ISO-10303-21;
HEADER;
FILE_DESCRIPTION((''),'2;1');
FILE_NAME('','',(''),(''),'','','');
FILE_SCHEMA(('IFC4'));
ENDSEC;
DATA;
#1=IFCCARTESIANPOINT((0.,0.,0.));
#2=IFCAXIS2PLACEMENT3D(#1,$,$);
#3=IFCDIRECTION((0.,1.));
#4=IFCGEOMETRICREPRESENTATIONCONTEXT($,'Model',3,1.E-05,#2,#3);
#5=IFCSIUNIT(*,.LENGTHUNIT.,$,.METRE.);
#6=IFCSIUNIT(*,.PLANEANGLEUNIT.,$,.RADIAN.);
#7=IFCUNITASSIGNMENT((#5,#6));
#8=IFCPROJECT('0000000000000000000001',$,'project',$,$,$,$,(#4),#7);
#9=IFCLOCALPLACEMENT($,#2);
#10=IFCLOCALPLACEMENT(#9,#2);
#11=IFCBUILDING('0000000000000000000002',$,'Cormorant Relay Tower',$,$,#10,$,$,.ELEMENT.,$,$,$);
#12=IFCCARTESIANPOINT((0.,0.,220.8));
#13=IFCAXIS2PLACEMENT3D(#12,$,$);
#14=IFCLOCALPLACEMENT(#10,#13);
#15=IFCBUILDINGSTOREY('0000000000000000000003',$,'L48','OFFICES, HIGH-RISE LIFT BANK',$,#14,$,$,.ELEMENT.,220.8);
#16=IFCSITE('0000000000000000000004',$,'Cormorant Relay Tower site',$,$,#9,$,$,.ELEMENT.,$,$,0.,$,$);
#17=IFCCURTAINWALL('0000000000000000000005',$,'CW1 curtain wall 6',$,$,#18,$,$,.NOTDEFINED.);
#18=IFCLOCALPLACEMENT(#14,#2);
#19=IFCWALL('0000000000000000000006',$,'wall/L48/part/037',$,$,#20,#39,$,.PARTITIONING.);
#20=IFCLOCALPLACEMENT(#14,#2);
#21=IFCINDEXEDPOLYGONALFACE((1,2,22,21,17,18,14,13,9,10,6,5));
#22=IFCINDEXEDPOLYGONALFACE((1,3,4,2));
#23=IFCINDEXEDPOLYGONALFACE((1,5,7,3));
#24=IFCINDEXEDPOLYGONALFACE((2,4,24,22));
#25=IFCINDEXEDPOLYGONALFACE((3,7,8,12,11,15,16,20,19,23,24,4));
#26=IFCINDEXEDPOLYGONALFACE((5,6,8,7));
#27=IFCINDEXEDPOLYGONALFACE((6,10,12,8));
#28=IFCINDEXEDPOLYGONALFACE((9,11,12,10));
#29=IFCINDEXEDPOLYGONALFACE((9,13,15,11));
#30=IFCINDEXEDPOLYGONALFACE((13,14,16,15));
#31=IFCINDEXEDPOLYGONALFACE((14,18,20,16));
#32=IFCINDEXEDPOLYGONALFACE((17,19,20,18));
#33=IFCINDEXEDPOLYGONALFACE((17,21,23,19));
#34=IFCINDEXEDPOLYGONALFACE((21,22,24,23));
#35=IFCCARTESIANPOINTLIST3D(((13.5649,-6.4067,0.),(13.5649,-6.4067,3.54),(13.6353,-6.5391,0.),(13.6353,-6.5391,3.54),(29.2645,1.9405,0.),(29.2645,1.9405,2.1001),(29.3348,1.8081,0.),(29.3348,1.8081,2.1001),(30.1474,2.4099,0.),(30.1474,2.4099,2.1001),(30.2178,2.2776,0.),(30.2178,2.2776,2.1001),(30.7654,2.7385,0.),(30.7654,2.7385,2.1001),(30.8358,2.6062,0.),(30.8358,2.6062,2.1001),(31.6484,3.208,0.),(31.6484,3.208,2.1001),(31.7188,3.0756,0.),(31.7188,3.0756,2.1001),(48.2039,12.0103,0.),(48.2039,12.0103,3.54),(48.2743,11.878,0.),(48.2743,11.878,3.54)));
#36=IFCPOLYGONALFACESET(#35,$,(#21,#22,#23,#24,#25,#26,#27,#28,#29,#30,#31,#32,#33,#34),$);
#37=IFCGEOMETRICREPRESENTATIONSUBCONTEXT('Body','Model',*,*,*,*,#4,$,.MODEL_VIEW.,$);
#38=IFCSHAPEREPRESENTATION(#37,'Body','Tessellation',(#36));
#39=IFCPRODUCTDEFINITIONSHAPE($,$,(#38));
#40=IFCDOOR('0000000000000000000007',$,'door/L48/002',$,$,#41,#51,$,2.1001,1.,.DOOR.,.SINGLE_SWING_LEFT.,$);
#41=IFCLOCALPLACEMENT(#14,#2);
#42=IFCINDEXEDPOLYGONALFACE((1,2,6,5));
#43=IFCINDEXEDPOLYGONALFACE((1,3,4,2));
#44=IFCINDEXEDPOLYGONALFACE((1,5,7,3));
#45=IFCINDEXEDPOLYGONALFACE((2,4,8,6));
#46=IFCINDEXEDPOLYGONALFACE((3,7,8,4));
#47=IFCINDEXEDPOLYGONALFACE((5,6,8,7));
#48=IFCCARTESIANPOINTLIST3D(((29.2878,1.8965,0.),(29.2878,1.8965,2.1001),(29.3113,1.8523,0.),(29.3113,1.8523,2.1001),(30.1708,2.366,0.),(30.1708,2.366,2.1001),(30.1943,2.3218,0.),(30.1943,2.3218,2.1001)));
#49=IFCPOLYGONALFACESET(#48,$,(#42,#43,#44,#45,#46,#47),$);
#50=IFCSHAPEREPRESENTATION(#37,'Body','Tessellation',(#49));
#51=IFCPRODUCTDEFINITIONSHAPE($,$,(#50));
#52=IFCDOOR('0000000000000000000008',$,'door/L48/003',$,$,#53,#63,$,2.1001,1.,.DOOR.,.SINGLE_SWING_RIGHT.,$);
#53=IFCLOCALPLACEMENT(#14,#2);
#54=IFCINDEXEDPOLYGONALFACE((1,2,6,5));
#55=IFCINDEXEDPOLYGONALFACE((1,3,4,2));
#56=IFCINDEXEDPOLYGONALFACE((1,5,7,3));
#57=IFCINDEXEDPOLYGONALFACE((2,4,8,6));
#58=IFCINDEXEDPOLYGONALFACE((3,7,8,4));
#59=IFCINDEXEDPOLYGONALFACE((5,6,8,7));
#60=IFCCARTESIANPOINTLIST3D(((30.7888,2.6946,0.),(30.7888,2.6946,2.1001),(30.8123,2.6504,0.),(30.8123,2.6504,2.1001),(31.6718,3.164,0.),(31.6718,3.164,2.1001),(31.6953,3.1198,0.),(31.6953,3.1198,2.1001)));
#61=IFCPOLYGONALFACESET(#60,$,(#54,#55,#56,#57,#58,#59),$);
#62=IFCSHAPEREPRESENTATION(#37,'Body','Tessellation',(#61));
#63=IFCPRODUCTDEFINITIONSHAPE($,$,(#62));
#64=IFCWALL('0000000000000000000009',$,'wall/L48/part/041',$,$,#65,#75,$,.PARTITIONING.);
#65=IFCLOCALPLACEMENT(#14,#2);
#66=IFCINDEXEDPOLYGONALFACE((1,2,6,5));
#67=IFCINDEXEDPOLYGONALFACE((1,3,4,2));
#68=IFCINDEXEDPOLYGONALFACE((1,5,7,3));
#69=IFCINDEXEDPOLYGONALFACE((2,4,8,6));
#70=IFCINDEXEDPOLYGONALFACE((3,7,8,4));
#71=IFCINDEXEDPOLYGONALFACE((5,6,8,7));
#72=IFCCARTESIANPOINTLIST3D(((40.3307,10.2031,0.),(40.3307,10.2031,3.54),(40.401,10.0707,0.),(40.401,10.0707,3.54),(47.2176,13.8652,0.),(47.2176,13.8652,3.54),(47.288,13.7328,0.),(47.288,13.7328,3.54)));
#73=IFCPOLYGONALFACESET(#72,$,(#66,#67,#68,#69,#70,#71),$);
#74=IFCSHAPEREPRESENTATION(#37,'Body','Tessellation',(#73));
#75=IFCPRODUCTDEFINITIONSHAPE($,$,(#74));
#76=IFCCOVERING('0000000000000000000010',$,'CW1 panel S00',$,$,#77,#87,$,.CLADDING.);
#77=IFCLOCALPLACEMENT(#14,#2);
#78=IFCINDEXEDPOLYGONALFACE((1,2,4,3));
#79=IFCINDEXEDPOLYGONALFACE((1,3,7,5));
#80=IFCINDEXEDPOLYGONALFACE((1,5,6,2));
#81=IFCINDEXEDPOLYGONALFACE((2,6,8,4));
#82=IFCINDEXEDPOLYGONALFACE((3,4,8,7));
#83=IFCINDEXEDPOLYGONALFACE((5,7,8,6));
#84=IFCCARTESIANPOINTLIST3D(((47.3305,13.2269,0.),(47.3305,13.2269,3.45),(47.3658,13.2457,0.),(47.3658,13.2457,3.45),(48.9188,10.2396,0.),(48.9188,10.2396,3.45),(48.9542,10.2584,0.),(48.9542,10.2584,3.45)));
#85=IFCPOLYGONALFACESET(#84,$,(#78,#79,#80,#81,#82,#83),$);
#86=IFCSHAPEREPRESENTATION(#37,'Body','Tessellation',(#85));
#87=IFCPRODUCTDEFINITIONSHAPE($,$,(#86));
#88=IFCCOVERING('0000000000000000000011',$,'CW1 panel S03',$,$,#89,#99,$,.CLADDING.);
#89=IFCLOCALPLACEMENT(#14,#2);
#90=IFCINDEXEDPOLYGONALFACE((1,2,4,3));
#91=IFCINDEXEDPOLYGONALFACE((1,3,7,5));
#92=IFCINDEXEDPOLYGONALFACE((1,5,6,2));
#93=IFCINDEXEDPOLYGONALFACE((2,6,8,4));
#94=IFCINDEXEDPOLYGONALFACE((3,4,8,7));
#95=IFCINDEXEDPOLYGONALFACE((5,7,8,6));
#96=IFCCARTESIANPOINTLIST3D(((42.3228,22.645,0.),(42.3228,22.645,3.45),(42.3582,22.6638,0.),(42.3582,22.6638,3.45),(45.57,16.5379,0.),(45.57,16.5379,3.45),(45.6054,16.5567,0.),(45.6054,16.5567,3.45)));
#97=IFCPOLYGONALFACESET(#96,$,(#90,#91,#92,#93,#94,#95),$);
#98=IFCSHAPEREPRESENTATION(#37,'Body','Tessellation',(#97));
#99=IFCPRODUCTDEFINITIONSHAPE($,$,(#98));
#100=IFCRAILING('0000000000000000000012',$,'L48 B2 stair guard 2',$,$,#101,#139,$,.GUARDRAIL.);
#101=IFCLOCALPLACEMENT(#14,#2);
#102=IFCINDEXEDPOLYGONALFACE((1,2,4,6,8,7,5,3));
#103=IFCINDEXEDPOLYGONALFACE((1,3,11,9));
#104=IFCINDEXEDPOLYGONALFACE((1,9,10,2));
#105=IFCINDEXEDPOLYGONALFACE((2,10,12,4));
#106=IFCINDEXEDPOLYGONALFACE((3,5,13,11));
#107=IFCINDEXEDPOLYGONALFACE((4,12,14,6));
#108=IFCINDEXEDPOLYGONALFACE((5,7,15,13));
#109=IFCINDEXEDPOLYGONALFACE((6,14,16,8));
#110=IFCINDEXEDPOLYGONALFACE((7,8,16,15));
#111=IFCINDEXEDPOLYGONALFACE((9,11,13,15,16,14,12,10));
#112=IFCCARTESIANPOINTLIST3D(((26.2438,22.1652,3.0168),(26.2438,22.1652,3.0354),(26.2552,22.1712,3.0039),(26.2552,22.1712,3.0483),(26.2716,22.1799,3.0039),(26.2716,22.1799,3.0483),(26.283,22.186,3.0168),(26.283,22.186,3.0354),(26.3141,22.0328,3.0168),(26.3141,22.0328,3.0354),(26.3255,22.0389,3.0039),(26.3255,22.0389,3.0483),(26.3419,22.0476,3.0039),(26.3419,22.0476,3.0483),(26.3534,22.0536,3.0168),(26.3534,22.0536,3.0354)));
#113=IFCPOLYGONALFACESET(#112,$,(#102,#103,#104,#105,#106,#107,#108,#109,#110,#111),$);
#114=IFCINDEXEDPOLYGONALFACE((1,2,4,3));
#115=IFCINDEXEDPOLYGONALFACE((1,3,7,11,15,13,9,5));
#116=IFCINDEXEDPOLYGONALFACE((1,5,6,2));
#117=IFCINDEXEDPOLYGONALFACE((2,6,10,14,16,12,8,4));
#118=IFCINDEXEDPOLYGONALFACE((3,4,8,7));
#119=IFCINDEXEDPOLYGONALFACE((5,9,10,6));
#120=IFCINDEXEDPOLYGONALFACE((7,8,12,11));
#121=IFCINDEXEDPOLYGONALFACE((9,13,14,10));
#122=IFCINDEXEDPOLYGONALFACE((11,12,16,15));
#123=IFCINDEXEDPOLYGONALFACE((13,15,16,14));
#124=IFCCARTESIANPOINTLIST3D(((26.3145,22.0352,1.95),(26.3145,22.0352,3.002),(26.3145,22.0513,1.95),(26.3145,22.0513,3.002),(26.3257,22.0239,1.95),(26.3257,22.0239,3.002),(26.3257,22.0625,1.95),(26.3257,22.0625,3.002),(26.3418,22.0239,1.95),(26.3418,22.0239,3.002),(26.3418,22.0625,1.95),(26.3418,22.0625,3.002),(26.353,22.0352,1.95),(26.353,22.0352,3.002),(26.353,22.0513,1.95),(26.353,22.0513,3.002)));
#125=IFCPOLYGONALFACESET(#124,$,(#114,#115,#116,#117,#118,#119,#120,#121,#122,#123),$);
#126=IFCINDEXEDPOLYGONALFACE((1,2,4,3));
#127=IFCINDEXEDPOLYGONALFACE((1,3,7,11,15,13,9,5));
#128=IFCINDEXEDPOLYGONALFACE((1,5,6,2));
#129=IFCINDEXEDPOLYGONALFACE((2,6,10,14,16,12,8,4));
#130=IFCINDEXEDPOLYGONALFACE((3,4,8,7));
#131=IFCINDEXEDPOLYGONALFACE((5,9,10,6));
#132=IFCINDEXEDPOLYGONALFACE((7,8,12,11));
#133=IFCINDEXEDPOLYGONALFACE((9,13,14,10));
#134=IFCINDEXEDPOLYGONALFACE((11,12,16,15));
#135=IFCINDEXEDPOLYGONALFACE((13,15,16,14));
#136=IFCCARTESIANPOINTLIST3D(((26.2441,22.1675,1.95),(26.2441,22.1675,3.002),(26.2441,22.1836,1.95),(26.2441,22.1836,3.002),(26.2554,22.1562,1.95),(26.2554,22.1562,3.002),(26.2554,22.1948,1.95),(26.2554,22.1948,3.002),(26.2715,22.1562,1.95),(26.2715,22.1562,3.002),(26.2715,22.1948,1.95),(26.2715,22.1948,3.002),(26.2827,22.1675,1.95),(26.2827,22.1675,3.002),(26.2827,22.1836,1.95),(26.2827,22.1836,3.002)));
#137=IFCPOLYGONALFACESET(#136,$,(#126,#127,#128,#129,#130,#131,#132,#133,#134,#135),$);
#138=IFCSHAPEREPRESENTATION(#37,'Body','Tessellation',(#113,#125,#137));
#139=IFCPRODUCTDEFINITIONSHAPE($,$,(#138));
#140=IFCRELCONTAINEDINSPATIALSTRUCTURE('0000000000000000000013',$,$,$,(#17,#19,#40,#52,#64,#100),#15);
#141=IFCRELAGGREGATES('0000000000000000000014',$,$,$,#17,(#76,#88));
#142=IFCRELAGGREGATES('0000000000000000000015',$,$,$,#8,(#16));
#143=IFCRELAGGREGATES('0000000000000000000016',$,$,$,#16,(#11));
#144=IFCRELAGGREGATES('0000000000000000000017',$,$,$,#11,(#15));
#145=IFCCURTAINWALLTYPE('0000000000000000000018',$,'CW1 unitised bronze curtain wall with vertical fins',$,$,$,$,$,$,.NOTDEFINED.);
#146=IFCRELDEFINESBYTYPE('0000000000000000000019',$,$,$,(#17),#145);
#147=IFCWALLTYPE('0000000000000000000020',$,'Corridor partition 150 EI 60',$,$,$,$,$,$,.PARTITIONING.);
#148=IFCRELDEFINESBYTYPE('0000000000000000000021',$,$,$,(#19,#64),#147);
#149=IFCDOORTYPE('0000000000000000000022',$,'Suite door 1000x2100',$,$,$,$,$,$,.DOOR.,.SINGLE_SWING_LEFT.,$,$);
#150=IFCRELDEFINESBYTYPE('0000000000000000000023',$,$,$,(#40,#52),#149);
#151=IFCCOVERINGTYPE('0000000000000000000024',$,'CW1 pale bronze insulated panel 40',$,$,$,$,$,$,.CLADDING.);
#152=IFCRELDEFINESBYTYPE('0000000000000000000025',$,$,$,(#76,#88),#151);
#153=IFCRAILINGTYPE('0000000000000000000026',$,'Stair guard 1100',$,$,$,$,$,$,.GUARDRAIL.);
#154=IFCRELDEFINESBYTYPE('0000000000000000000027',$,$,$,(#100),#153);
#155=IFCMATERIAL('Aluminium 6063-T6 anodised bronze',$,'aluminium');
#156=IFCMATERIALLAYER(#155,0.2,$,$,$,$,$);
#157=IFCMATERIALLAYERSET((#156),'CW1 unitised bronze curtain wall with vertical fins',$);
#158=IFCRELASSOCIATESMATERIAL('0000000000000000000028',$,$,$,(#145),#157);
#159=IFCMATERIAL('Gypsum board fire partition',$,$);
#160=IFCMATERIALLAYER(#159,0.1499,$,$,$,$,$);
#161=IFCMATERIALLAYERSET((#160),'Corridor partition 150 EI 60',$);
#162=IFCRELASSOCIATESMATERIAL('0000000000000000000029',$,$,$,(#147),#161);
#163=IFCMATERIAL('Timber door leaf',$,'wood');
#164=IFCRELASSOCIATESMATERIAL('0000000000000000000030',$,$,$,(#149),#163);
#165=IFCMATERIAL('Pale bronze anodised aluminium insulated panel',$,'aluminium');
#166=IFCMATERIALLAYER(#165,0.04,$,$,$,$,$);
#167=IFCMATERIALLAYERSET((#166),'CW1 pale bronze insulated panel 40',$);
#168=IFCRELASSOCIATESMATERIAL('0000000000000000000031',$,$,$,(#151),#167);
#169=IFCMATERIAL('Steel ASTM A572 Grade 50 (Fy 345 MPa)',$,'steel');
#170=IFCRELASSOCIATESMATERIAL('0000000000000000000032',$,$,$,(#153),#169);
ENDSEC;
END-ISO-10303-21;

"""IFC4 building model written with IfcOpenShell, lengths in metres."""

from ifc_helpers import new_model, si_unit, direction, frame, frame_2d, origin, origin_2d, place, context, subcontext, project, spatial, polyline, rectangle, outline, extrude, material, layer, layer_set, type_object, element, fill, aggregate, save


model = new_model("IFC4")

# Units and contexts
model_context = context("Model", 3, precision=1e-05, world=origin(), true_north=direction((0.0, 1.0)))
body_context = subcontext(model_context, "Body", "Model", "MODEL_VIEW")
ifc_project = project(units=[si_unit("LENGTHUNIT", "METRE"), si_unit("PLANEANGLEUNIT", "RADIAN")], contexts=[model_context])

# Site, building, storey
site_placement = place(None, origin())
site = spatial("IfcSite", under=ifc_project, at=site_placement, Name="Cormorant Relay Tower site", CompositionType="ELEMENT", RefElevation=0.0)
building_placement = place(site_placement, origin())
building = spatial("IfcBuilding", under=site, at=building_placement, Name="Cormorant Relay Tower", CompositionType="ELEMENT")
storey_placement = place(building_placement, frame((0.0, 0.0, 220.8)))
storey = spatial("IfcBuildingStorey", under=building, at=storey_placement, Name="L48", Description="OFFICES, HIGH-RISE LIFT BANK", CompositionType="ELEMENT", Elevation=220.8)

# Curtain wall
ifc_material_1 = material(Name="Aluminium 6063-T6 anodised bronze", Category="aluminium")
ifc_layer_1 = layer(ifc_material_1, 0.2)
ifc_layer_set_1 = layer_set([ifc_layer_1], Name="CW1 unitised bronze curtain wall with vertical fins")
curtain_wall_type = type_object("IfcCurtainWallType", Name="CW1 unitised bronze curtain wall with vertical fins", PredefinedType="NOTDEFINED", material=ifc_layer_set_1)
curtain_wall_1_placement = place(storey_placement, origin())
curtain_wall_1 = element("IfcCurtainWall", 1, at=curtain_wall_1_placement, inside=storey, type_object=curtain_wall_type, Name="CW1 curtain wall 6", PredefinedType="NOTDEFINED")

# Wall, openings, doors
ifc_material_2 = material(Name="Gypsum board fire partition")
ifc_layer_2 = layer(ifc_material_2, 0.1499)
ifc_layer_set_2 = layer_set([ifc_layer_2], Name="Corridor partition 150 EI 60")
wall_type_1 = type_object("IfcWallType", Name="Corridor partition 150 EI 60", PredefinedType="PARTITIONING", material=ifc_layer_set_2)
wall_1_placement = place(storey_placement, frame((48.239, 11.9441, 0.0), z_axis=(0.0, 0.0, 1.0), x_axis=(-0.882957, -0.469455, 0.0)))
wall_1 = element("IfcWall", 2, at=wall_1_placement, inside=storey, type_object=wall_type_1, Name="wall/L48/part/037", PredefinedType="PARTITIONING", context=body_context, shape_type="SweptSolid", body=[
    extrude(rectangle(XDim=39.2307, YDim=0.1499, at=frame_2d((19.6152, 0.0))), origin(), (0.0, 0.0, 1.0), 3.54),
])
opening_1_placement = place(wall_1_placement, frame((20.45, 0.0, 0.0)))
opening_1 = element("IfcOpeningElement", 3, at=opening_1_placement, cuts=wall_1, PredefinedType="OPENING", context=body_context, shape_type="SweptSolid", body=[
    extrude(rectangle(XDim=1.0, YDim=2.1001, at=frame_2d((0.5, 1.05))), frame((0.0, 0.085, 0.0), z_axis=(0.0, -1.0, 0.0), x_axis=(1.0, 0.0, 0.0)), (0.0, 0.0, 1.0), 0.1699),
])
opening_2_placement = place(wall_1_placement, frame((18.75, 0.0, 0.0)))
opening_2 = element("IfcOpeningElement", 4, at=opening_2_placement, cuts=wall_1, PredefinedType="OPENING", context=body_context, shape_type="SweptSolid", body=[
    extrude(rectangle(XDim=1.0, YDim=2.1001, at=frame_2d((0.5, 1.05))), frame((0.0, 0.085, 0.0), z_axis=(0.0, -1.0, 0.0), x_axis=(1.0, 0.0, 0.0)), (0.0, 0.0, 1.0), 0.1699),
])
ifc_material_3 = material(Name="Timber door leaf", Category="wood")
door_type_1 = type_object("IfcDoorType", Name="Suite door 1000x2100", OperationType="SINGLE_SWING_LEFT", PredefinedType="DOOR", material=ifc_material_3)
door_1_placement = place(opening_1_placement, origin())
door_1 = element("IfcDoor", 5, at=door_1_placement, inside=storey, type_object=door_type_1, Name="door/L48/002", OperationType="SINGLE_SWING_LEFT", OverallHeight=2.1001, OverallWidth=1.0, PredefinedType="DOOR", context=body_context, shape_type="SweptSolid", body=[
    extrude(rectangle(XDim=1.0, YDim=2.1001, at=frame_2d((0.5, 1.05))), frame((0.0, 0.0249, 0.0), z_axis=(0.0, -1.0, 0.0), x_axis=(1.0, 0.0, 0.0)), (0.0, 0.0, 1.0), 0.05),
])
fill(opening_1, door_1)
door_2_placement = place(opening_2_placement, origin())
door_2 = element("IfcDoor", 6, at=door_2_placement, inside=storey, type_object=door_type_1, Name="door/L48/003", OperationType="SINGLE_SWING_RIGHT", OverallHeight=2.1001, OverallWidth=1.0, PredefinedType="DOOR", context=body_context, shape_type="SweptSolid", body=[
    extrude(rectangle(XDim=1.0, YDim=2.1001, at=frame_2d((0.5, 1.05))), frame((0.0, 0.0249, 0.0), z_axis=(0.0, -1.0, 0.0), x_axis=(1.0, 0.0, 0.0)), (0.0, 0.0, 1.0), 0.05),
])
fill(opening_2, door_2)

# Wall
wall_2_placement = place(storey_placement, frame((40.366, 10.137, 0.0), z_axis=(0.0, 0.0, 1.0), x_axis=(0.882935, 0.469496, 0.0)))
element("IfcWall", 7, at=wall_2_placement, inside=storey, type_object=wall_type_1, Name="wall/L48/part/041", PredefinedType="PARTITIONING", context=body_context, shape_type="SweptSolid", body=[
    extrude(rectangle(XDim=7.8, YDim=0.1499, at=frame_2d((3.8999, 0.0))), origin(), (0.0, 0.0, 1.0), 3.54),
])

# Coverings
ifc_material_4 = material(Name="Pale bronze anodised aluminium insulated panel", Category="aluminium")
ifc_layer_3 = layer(ifc_material_4, 0.04)
ifc_layer_set_3 = layer_set([ifc_layer_3], Name="CW1 pale bronze insulated panel 40")
covering_type = type_object("IfcCoveringType", Name="CW1 pale bronze insulated panel 40", PredefinedType="CLADDING", material=ifc_layer_set_3)
covering_1_placement = place(storey_placement, frame((48.1423, 11.7427, 0.0), z_axis=(0.0, 0.0, 1.0), x_axis=(-0.469472, 0.882948, 0.0)))
covering_1 = element("IfcCovering", 8, at=covering_1_placement, type_object=covering_type, Name="CW1 panel S00", PredefinedType="CLADDING", context=body_context, shape_type="SweptSolid", body=[
    extrude(rectangle(XDim=3.3833, YDim=0.04, at=origin_2d()), origin(), (0.0, 0.0, 1.0), 3.45),
])
covering_2_placement = place(storey_placement, frame((43.9641, 19.6008, 0.0), z_axis=(0.0, 0.0, 1.0), x_axis=(-0.469472, 0.882948, 0.0)))
covering_2 = element("IfcCovering", 9, at=covering_2_placement, type_object=covering_type, Name="CW1 panel S03", PredefinedType="CLADDING", context=body_context, shape_type="SweptSolid", body=[
    extrude(rectangle(XDim=6.9167, YDim=0.04, at=origin_2d()), origin(), (0.0, 0.0, 1.0), 3.45),
])
aggregate(curtain_wall_1, [covering_1, covering_2])

# Railing
ifc_material_5 = material(Name="Steel ASTM A572 Grade 50 (Fy 345 MPa)", Category="steel")
railing_type = type_object("IfcRailingType", Name="Stair guard 1100", PredefinedType="GUARDRAIL", material=ifc_material_5)
railing_1_placement = place(storey_placement, frame((26.3337, 22.0432, 1.95)))
element("IfcRailing", 10, at=railing_1_placement, inside=storey, type_object=railing_type, Name="L48 B2 stair guard 2", PredefinedType="GUARDRAIL", context=body_context, shape_type="SweptSolid", body=[
    extrude(outline(polyline([(0.0222, 0.0093), (0.0093, 0.0222), (-0.0093, 0.0222), (-0.0222, 0.0093), (-0.0222, -0.0093), (-0.0093, -0.0222), (0.0093, -0.0222), (0.0222, -0.0093), (0.0222, 0.0093)])), frame((0.0, 0.0, 1.0762), z_axis=(-0.469235, 0.883074, 0.0), x_axis=(-0.883074, -0.469235, 0.0)), (0.0, 0.0, 1.0), 0.1499),
    extrude(outline(polyline([(0.0193, 0.0081), (0.0081, 0.0193), (-0.0081, 0.0193), (-0.0193, 0.0081), (-0.0193, -0.0081), (-0.0081, -0.0193), (0.0081, -0.0193), (0.0193, -0.0081), (0.0193, 0.0081)])), origin(), (0.0, 0.0, 1.0), 1.052),
    extrude(outline(polyline([(0.0193, 0.0081), (0.0081, 0.0193), (-0.0081, 0.0193), (-0.0193, 0.0081), (-0.0193, -0.0081), (-0.0081, -0.0193), (0.0081, -0.0193), (0.0193, -0.0081), (0.0193, 0.0081)])), frame((-0.0703, 0.1323, 0.0)), (0.0, 0.0, 1.0), 1.052),
])

save(model, "model.ifc")
